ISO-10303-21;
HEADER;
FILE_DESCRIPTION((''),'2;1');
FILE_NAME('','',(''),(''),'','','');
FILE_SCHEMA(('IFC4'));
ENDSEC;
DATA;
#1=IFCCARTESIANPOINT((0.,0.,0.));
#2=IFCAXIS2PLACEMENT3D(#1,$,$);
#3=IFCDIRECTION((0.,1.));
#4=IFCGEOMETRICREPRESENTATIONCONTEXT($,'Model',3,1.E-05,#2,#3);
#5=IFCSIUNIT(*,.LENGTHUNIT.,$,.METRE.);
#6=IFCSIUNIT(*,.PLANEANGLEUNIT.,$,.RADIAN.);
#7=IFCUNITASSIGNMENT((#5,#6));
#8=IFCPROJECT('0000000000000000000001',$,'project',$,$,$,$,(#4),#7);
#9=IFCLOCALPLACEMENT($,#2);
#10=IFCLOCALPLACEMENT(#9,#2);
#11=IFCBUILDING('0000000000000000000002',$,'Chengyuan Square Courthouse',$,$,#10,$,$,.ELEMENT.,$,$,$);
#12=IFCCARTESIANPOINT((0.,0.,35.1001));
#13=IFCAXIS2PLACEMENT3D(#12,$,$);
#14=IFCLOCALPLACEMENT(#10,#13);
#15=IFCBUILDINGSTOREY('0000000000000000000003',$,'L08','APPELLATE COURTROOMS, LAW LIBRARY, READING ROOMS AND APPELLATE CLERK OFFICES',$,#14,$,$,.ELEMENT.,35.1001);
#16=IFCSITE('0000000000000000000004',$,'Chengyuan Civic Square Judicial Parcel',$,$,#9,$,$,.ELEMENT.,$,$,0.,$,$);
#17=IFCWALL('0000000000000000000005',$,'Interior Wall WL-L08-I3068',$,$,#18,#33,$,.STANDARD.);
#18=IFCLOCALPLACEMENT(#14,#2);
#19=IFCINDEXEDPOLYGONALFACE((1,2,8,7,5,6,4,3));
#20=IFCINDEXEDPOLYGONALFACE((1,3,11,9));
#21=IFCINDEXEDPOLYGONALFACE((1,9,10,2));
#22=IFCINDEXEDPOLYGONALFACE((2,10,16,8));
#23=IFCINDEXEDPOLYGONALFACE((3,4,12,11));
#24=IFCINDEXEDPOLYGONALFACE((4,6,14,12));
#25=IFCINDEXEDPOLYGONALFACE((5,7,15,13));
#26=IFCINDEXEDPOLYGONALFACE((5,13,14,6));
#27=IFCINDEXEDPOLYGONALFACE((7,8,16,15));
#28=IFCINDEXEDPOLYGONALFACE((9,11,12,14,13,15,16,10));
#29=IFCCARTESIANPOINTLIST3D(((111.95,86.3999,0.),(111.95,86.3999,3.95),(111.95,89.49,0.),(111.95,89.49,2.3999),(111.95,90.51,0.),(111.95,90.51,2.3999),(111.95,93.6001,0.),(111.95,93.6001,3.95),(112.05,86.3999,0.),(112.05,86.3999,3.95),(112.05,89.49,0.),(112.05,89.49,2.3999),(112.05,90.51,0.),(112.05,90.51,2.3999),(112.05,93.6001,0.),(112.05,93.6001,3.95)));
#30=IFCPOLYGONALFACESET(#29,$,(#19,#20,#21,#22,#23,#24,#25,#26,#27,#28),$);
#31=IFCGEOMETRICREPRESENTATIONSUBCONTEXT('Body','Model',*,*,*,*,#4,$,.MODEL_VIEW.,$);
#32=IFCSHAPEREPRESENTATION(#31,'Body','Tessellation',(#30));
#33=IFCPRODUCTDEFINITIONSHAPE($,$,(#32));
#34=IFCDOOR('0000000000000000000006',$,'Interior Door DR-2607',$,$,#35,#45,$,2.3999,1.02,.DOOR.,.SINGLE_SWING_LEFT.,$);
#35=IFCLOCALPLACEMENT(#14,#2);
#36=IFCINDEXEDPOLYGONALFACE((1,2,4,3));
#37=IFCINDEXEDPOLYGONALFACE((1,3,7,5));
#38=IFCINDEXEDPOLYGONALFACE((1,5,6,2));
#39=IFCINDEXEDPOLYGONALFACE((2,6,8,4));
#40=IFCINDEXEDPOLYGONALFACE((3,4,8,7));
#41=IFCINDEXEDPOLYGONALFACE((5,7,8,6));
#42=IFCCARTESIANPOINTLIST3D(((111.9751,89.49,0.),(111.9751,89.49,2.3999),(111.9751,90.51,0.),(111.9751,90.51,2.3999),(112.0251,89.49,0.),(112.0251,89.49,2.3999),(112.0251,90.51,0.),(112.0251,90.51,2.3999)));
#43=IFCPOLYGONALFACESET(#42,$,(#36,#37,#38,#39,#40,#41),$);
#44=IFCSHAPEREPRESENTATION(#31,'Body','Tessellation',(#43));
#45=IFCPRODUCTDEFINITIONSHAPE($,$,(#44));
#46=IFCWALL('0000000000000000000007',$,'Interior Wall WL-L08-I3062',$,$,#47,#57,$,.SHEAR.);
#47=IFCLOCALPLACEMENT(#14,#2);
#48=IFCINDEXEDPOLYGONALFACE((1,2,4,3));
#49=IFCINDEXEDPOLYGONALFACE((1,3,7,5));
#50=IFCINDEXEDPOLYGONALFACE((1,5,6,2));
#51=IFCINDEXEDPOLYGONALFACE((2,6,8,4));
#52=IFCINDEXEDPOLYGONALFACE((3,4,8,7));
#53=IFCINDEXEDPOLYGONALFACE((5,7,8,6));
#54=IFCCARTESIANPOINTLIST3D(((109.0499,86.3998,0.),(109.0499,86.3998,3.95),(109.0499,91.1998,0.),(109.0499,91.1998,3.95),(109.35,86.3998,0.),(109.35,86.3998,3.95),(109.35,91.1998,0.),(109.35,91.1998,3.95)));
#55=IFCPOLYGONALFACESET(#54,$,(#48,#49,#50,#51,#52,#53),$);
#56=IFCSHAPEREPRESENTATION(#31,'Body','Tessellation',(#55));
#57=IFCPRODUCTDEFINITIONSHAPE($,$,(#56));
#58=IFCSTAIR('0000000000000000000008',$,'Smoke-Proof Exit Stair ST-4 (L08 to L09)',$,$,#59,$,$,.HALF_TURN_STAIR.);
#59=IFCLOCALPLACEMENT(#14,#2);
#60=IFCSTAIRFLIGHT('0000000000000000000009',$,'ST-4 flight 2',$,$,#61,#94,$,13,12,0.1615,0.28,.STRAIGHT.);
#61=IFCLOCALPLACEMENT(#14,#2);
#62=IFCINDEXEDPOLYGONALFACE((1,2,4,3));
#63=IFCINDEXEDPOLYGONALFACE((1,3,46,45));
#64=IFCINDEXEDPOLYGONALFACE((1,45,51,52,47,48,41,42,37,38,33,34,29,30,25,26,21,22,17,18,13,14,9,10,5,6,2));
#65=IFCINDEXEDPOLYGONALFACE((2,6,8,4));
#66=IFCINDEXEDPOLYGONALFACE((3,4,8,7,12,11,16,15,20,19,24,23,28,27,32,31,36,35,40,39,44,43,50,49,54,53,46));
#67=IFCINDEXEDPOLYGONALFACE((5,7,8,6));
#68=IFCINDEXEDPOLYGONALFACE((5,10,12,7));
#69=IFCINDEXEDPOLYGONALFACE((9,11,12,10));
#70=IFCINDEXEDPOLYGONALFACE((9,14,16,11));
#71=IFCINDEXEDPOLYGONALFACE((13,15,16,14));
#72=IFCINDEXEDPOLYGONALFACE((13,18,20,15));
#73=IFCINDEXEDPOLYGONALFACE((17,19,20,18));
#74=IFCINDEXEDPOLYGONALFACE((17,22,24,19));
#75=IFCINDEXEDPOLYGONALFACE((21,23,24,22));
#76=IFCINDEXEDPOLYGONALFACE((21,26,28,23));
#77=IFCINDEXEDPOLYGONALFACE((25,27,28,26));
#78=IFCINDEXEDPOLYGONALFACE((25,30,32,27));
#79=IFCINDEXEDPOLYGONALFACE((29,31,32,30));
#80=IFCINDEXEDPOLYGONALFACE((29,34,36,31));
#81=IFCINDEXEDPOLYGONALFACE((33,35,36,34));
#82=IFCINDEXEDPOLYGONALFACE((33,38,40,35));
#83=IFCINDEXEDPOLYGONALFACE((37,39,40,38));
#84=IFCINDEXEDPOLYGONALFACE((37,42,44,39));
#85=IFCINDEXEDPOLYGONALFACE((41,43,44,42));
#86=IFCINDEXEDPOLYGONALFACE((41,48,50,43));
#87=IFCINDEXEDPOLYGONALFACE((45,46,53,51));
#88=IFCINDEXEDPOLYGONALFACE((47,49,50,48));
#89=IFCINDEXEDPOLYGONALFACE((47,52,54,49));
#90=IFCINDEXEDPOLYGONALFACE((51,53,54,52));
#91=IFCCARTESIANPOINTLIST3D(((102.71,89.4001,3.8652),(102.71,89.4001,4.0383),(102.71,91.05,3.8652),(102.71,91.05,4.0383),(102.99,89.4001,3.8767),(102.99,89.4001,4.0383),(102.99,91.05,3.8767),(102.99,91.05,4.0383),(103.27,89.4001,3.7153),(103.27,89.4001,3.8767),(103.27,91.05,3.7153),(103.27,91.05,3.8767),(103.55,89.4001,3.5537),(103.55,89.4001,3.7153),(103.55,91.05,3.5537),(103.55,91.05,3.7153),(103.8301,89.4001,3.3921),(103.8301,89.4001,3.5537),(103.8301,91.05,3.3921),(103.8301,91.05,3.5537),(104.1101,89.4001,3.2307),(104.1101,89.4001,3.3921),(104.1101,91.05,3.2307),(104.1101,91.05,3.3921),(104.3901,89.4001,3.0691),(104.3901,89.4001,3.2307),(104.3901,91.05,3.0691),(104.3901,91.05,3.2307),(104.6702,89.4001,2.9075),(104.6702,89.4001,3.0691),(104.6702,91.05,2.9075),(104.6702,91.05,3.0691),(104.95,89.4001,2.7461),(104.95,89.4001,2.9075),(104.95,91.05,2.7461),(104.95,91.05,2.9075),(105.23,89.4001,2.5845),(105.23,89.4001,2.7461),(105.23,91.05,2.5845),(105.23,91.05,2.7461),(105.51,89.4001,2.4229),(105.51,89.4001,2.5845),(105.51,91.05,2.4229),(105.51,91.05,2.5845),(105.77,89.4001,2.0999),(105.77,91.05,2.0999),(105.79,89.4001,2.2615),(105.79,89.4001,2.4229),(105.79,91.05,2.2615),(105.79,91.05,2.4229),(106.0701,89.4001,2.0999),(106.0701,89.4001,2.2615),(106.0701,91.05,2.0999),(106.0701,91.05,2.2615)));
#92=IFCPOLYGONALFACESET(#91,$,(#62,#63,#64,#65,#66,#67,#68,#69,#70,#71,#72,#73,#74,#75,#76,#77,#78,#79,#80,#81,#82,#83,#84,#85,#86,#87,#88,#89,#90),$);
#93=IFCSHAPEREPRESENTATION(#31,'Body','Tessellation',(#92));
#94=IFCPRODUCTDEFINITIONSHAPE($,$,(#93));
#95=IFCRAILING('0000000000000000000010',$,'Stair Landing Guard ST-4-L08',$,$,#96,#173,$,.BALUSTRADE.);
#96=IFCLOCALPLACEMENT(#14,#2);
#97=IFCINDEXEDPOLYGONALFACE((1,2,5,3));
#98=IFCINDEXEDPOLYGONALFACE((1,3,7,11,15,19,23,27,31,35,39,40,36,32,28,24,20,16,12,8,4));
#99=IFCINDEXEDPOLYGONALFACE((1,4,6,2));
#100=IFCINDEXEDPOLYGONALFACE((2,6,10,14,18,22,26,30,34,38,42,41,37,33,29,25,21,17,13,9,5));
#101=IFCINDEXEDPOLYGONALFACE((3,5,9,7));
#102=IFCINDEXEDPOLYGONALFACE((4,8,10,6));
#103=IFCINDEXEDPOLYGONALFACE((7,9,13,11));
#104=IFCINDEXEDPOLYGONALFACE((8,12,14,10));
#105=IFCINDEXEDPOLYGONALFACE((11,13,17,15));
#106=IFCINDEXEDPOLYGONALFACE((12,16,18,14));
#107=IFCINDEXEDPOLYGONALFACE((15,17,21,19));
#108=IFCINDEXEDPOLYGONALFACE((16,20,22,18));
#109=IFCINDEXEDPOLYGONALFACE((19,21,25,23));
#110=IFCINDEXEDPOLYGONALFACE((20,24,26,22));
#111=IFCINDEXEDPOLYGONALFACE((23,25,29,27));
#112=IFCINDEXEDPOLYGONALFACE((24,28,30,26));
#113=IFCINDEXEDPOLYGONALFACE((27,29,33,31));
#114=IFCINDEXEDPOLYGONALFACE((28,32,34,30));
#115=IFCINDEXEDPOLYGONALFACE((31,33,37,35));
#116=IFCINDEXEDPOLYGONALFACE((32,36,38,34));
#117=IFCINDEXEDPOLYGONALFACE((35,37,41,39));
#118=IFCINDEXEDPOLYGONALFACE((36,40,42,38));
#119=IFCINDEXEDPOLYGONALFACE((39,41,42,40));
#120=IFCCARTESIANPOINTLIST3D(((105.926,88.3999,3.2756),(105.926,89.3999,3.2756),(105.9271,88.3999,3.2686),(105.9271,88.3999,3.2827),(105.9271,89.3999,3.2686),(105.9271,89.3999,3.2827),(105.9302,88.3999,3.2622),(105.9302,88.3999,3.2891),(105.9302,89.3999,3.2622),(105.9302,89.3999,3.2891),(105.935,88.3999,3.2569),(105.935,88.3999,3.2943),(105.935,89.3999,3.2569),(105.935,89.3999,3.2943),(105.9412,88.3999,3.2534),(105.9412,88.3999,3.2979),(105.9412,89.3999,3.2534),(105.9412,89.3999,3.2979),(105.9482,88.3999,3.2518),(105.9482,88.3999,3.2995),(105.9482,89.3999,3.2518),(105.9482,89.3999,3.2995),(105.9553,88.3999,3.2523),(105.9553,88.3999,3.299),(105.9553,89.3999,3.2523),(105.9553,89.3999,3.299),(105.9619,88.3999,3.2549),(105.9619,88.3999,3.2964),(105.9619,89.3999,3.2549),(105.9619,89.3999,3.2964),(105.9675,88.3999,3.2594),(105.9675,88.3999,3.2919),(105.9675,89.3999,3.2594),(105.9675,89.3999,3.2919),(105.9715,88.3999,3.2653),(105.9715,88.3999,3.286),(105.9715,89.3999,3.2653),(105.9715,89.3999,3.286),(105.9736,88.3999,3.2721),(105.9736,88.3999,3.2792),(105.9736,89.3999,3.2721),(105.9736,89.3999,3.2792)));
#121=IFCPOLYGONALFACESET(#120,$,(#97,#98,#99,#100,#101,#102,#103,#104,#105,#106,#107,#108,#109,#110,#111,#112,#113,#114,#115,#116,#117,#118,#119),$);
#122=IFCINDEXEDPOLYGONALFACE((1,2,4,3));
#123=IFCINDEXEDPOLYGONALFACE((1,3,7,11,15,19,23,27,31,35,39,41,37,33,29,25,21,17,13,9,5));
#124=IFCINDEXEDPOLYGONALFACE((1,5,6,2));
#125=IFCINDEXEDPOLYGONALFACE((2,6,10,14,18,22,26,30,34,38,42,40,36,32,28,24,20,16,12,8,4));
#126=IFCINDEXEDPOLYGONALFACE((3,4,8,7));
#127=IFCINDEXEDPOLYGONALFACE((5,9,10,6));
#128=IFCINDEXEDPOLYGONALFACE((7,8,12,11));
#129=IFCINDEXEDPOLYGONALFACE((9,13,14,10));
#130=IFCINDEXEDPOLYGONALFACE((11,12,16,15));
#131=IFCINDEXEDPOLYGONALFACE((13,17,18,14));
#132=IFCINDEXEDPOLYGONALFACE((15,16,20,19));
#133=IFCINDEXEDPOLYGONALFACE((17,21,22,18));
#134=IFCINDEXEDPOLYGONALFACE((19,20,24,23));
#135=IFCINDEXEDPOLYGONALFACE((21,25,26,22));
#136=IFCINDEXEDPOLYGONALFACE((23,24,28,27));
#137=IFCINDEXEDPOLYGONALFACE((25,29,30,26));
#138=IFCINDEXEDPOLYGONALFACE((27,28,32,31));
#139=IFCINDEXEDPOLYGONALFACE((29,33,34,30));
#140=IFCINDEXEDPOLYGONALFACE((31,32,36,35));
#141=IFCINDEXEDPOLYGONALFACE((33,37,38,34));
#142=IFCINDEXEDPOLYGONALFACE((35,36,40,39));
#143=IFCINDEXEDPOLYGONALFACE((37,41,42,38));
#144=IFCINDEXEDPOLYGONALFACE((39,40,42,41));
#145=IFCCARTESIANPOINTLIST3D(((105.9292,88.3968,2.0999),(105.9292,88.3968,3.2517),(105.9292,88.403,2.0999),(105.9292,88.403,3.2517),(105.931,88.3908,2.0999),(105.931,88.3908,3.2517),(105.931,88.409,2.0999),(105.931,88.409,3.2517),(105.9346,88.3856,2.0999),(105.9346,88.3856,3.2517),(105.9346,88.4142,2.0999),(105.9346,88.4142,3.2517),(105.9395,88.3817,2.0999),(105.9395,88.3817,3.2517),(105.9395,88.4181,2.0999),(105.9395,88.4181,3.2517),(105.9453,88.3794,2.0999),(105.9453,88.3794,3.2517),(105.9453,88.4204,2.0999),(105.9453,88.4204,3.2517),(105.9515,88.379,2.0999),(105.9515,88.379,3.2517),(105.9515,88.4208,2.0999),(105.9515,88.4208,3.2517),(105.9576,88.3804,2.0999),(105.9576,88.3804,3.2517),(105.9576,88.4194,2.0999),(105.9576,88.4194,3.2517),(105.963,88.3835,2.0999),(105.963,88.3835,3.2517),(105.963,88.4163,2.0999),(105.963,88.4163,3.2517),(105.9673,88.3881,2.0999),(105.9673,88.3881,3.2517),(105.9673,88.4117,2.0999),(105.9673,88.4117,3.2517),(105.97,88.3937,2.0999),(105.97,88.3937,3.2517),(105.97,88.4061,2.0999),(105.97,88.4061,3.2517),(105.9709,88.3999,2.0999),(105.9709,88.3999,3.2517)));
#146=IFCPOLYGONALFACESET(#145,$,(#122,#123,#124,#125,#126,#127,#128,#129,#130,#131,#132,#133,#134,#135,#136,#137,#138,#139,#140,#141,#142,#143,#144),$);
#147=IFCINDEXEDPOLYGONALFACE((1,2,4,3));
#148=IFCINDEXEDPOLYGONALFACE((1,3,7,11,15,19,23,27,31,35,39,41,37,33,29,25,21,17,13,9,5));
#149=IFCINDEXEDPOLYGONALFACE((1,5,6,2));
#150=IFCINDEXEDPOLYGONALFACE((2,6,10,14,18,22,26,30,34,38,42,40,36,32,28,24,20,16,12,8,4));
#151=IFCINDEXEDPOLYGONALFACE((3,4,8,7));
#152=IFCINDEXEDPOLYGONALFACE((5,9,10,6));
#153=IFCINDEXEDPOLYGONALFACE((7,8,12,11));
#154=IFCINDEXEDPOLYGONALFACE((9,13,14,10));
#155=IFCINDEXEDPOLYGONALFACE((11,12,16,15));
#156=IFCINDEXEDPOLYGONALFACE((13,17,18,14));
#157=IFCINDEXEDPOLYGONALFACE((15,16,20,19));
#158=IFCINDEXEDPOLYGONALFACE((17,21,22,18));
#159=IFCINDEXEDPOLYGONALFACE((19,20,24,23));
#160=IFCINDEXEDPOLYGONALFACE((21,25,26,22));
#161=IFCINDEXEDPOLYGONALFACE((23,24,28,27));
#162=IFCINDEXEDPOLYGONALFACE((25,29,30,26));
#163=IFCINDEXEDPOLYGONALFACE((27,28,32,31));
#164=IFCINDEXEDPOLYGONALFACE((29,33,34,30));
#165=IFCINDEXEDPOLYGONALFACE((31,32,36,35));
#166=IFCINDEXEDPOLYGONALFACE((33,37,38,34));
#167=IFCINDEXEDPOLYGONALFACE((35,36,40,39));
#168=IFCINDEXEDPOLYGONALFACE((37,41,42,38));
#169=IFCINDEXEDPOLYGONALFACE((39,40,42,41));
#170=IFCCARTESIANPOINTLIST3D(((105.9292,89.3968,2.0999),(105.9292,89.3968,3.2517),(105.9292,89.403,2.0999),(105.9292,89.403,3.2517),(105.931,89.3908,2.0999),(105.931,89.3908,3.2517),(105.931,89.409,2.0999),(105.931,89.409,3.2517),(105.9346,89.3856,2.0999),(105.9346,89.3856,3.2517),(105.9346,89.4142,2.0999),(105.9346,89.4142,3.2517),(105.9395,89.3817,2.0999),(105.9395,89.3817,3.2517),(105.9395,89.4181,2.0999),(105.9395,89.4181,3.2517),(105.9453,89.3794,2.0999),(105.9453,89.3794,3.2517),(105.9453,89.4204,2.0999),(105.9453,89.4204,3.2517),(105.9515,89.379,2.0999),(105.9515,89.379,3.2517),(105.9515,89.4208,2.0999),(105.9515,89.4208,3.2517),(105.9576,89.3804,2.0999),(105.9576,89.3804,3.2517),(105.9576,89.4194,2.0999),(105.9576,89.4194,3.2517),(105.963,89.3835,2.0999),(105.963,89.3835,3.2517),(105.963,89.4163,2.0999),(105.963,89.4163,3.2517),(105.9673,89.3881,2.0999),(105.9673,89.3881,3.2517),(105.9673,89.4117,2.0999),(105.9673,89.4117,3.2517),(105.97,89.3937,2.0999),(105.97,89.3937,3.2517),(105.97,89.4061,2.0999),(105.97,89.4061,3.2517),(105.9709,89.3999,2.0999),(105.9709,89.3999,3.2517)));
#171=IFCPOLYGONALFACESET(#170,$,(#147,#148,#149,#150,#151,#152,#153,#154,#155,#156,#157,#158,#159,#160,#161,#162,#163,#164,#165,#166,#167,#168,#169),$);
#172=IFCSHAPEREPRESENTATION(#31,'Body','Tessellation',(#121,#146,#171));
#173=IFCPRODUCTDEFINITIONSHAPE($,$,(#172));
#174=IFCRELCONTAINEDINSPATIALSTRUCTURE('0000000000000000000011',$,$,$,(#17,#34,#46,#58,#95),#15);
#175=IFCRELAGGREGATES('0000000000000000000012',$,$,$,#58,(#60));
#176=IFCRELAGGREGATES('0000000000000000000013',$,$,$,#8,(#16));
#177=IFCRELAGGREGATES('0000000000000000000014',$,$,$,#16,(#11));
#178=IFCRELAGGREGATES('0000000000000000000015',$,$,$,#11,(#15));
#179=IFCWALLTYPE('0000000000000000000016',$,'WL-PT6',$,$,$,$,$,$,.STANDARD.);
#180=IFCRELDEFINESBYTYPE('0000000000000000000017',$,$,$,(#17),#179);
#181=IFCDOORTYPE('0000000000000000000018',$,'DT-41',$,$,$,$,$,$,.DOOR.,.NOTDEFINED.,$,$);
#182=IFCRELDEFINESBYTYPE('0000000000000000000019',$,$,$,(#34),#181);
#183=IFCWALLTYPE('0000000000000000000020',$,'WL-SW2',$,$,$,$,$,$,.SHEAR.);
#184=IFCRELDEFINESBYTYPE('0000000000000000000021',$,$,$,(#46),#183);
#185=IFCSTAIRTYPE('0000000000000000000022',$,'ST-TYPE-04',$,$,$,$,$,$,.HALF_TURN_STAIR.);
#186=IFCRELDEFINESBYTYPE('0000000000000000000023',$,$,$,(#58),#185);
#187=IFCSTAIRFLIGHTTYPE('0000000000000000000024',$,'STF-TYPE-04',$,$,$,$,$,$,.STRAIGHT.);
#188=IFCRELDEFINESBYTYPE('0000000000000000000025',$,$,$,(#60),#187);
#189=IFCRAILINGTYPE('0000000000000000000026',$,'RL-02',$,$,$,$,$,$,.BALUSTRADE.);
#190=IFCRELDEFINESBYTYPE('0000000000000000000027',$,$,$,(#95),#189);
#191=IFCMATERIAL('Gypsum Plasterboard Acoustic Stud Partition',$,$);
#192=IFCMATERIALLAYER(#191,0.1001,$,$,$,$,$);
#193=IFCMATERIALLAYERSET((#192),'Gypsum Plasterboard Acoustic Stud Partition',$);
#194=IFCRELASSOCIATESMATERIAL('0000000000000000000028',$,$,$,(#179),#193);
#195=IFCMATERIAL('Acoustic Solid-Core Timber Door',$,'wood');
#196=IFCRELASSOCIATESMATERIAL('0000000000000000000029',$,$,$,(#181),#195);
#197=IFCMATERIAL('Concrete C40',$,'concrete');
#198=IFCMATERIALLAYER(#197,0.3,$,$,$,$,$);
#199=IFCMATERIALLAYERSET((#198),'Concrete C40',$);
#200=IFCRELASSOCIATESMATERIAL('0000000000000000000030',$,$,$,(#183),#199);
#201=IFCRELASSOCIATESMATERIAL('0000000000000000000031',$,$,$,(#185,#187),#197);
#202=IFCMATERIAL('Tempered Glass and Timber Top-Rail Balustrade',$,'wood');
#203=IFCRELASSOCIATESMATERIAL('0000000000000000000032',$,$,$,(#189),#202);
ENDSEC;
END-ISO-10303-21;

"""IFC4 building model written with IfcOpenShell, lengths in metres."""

from ifc_helpers import new_model, si_unit, direction, frame, frame_2d, origin, origin_2d, place, context, subcontext, project, spatial, polyline, rectangle, circle, outline, extrude, material, layer, layer_set, type_object, element, fill, aggregate, save


model = new_model("IFC4")

# Units and contexts
model_context = context("Model", 3, precision=1e-05, world=origin(), true_north=direction((0.0, 1.0)))
body_context = subcontext(model_context, "Body", "Model", "MODEL_VIEW")
ifc_project = project(units=[si_unit("LENGTHUNIT", "METRE"), si_unit("PLANEANGLEUNIT", "RADIAN")], contexts=[model_context])

# Site, building, storey
site_placement = place(None, origin())
site = spatial("IfcSite", under=ifc_project, at=site_placement, Name="Chengyuan Civic Square Judicial Parcel", CompositionType="ELEMENT", RefElevation=0.0)
building_placement = place(site_placement, origin())
building = spatial("IfcBuilding", under=site, at=building_placement, Name="Chengyuan Square Courthouse", CompositionType="ELEMENT")
storey_placement = place(building_placement, frame((0.0, 0.0, 35.1001)))
storey = spatial("IfcBuildingStorey", under=building, at=storey_placement, Name="L08", Description="APPELLATE COURTROOMS, LAW LIBRARY, READING ROOMS AND APPELLATE CLERK OFFICES", CompositionType="ELEMENT", Elevation=35.1001)

# Shared definitions
ifc_material_1 = material(Name="Concrete C40", Category="concrete")

# Shared definitions
ifc_material_2 = material(Name="Gypsum Plasterboard Acoustic Stud Partition")
ifc_layer_1 = layer(ifc_material_2, 0.1001)
ifc_layer_set_1 = layer_set([ifc_layer_1], Name="Gypsum Plasterboard Acoustic Stud Partition")
wall_type_1 = type_object("IfcWallType", Name="WL-PT6", PredefinedType="STANDARD", material=ifc_layer_set_1)
ifc_material_3 = material(Name="Acoustic Solid-Core Timber Door", Category="wood")

# Wall, opening, door
wall_1_placement = place(storey_placement, frame((112.0, 86.3999, 0.0), z_axis=(0.0, 0.0, 1.0), x_axis=(0.0, 1.0, 0.0)))
wall_1 = element("IfcWall", 1, at=wall_1_placement, inside=storey, type_object=wall_type_1, Name="Interior Wall WL-L08-I3068", PredefinedType="STANDARD", context=body_context, shape_type="SweptSolid", body=[
    extrude(rectangle(XDim=7.2002, YDim=0.1001, at=frame_2d((3.6001, 0.0))), origin(), (0.0, 0.0, 1.0), 3.95),
])
opening_1_placement = place(wall_1_placement, frame((3.0901, 0.0, 0.0)))
opening_1 = element("IfcOpeningElement", 2, at=opening_1_placement, cuts=wall_1, PredefinedType="OPENING", context=body_context, shape_type="SweptSolid", body=[
    extrude(rectangle(XDim=1.02, YDim=2.3999, at=frame_2d((0.51, 1.2))), frame((0.0, 0.062, 0.0), z_axis=(0.0, -1.0, 0.0), x_axis=(1.0, 0.0, 0.0)), (0.0, 0.0, 1.0), 0.124),
])
door_type_1 = type_object("IfcDoorType", Name="DT-41", OperationType="NOTDEFINED", PredefinedType="DOOR", material=ifc_material_3)
door_1_placement = place(opening_1_placement, origin())
door_1 = element("IfcDoor", 3, at=door_1_placement, inside=storey, type_object=door_type_1, Name="Interior Door DR-2607", OperationType="SINGLE_SWING_LEFT", OverallHeight=2.3999, OverallWidth=1.02, PredefinedType="DOOR", context=body_context, shape_type="SweptSolid", body=[
    extrude(rectangle(XDim=1.02, YDim=2.3999, at=frame_2d((0.51, 1.2))), frame((0.0, 0.0249, 0.0), z_axis=(0.0, -1.0, 0.0), x_axis=(1.0, 0.0, 0.0)), (0.0, 0.0, 1.0), 0.05),
])
fill(opening_1, door_1)

# Wall
ifc_layer_2 = layer(ifc_material_1, 0.3)
ifc_layer_set_2 = layer_set([ifc_layer_2], Name="Concrete C40")
wall_type_2 = type_object("IfcWallType", Name="WL-SW2", PredefinedType="SHEAR", material=ifc_layer_set_2)
wall_2_placement = place(storey_placement, frame((109.2, 86.3999, 0.0), z_axis=(0.0, 0.0, 1.0), x_axis=(0.0, 1.0, 0.0)))
element("IfcWall", 4, at=wall_2_placement, inside=storey, type_object=wall_type_2, Name="Interior Wall WL-L08-I3062", PredefinedType="SHEAR", context=body_context, shape_type="SweptSolid", body=[
    extrude(rectangle(XDim=4.8, YDim=0.3, at=frame_2d((2.3999, 0.0))), origin(), (0.0, 0.0, 1.0), 3.95),
])

# Stair, stair flight
stair_type = type_object("IfcStairType", Name="ST-TYPE-04", PredefinedType="HALF_TURN_STAIR", material=ifc_material_1)
stair_placement = place(storey_placement, origin())
stair = element("IfcStair", 5, at=stair_placement, inside=storey, type_object=stair_type, Name="Smoke-Proof Exit Stair ST-4 (L08 to L09)", PredefinedType="HALF_TURN_STAIR")
stair_flight_type = type_object("IfcStairFlightType", Name="STF-TYPE-04", PredefinedType="STRAIGHT", material=ifc_material_1)
stair_flight_placement = place(storey_placement, frame((106.0701, 90.2251, 2.0999), z_axis=(0.0, 0.0, 1.0), x_axis=(-1.0, 0.0, 0.0)))
stair_flight = element("IfcStairFlight", 6, at=stair_flight_placement, type_object=stair_flight_type, Name="ST-4 flight 2", NumberOfRisers=13, NumberOfTreads=12, PredefinedType="STRAIGHT", RiserHeight=0.1615, TreadLength=0.28, context=body_context, shape_type="SweptSolid", body=[
    extrude(outline(polyline([(0.0, 0.0), (0.0, 0.1616), (0.28, 0.1616), (0.28, 0.323), (0.5601, 0.323), (0.5601, 0.4846), (0.8401, 0.4846), (0.8401, 0.6462), (1.1201, 0.6462), (1.1201, 0.8076), (1.3999, 0.8076), (1.3999, 0.9692), (1.6799, 0.9692), (1.6799, 1.1309), (1.96, 1.1309), (1.96, 1.2922), (2.24, 1.2922), (2.24, 1.4539), (2.52, 1.4539), (2.52, 1.6155), (2.8, 1.6155), (2.8, 1.7769), (3.0801, 1.7769), (3.0801, 1.9385), (3.3601, 1.9385), (3.3601, 2.1001), (3.3601, 1.7654), (0.3, 0.0), (0.0, 0.0)])), frame((0.0, 0.825, 0.0), z_axis=(0.0, -1.0, 0.0), x_axis=(1.0, 0.0, 0.0)), (0.0, 0.0, 1.0), 1.6499),
])
aggregate(stair, [stair_flight])

# Railing
ifc_material_4 = material(Name="Tempered Glass and Timber Top-Rail Balustrade", Category="wood")
railing_type_1 = type_object("IfcRailingType", Name="RL-02", PredefinedType="BALUSTRADE", material=ifc_material_4)
railing_1_placement = place(storey_placement, frame((105.95, 88.3999, 2.0999)))
element("IfcRailing", 7, at=railing_1_placement, inside=storey, type_object=railing_type_1, Name="Stair Landing Guard ST-4-L08", PredefinedType="BALUSTRADE", context=body_context, shape_type="SweptSolid", body=[
    extrude(circle(Radius=0.0239, at=origin_2d()), frame((0.0, 0.0, 1.1758), z_axis=(0.0, 1.0, 0.0), x_axis=(-1.0, 0.0, 0.0)), (0.0, 0.0, 1.0), 1.0),
    extrude(circle(Radius=0.021, at=origin_2d()), origin(), (0.0, 0.0, 1.0), 1.1519),
    extrude(circle(Radius=0.021, at=origin_2d()), frame((0.0, 1.0, 0.0)), (0.0, 0.0, 1.0), 1.1519),
])

save(model, "model.ifc")
